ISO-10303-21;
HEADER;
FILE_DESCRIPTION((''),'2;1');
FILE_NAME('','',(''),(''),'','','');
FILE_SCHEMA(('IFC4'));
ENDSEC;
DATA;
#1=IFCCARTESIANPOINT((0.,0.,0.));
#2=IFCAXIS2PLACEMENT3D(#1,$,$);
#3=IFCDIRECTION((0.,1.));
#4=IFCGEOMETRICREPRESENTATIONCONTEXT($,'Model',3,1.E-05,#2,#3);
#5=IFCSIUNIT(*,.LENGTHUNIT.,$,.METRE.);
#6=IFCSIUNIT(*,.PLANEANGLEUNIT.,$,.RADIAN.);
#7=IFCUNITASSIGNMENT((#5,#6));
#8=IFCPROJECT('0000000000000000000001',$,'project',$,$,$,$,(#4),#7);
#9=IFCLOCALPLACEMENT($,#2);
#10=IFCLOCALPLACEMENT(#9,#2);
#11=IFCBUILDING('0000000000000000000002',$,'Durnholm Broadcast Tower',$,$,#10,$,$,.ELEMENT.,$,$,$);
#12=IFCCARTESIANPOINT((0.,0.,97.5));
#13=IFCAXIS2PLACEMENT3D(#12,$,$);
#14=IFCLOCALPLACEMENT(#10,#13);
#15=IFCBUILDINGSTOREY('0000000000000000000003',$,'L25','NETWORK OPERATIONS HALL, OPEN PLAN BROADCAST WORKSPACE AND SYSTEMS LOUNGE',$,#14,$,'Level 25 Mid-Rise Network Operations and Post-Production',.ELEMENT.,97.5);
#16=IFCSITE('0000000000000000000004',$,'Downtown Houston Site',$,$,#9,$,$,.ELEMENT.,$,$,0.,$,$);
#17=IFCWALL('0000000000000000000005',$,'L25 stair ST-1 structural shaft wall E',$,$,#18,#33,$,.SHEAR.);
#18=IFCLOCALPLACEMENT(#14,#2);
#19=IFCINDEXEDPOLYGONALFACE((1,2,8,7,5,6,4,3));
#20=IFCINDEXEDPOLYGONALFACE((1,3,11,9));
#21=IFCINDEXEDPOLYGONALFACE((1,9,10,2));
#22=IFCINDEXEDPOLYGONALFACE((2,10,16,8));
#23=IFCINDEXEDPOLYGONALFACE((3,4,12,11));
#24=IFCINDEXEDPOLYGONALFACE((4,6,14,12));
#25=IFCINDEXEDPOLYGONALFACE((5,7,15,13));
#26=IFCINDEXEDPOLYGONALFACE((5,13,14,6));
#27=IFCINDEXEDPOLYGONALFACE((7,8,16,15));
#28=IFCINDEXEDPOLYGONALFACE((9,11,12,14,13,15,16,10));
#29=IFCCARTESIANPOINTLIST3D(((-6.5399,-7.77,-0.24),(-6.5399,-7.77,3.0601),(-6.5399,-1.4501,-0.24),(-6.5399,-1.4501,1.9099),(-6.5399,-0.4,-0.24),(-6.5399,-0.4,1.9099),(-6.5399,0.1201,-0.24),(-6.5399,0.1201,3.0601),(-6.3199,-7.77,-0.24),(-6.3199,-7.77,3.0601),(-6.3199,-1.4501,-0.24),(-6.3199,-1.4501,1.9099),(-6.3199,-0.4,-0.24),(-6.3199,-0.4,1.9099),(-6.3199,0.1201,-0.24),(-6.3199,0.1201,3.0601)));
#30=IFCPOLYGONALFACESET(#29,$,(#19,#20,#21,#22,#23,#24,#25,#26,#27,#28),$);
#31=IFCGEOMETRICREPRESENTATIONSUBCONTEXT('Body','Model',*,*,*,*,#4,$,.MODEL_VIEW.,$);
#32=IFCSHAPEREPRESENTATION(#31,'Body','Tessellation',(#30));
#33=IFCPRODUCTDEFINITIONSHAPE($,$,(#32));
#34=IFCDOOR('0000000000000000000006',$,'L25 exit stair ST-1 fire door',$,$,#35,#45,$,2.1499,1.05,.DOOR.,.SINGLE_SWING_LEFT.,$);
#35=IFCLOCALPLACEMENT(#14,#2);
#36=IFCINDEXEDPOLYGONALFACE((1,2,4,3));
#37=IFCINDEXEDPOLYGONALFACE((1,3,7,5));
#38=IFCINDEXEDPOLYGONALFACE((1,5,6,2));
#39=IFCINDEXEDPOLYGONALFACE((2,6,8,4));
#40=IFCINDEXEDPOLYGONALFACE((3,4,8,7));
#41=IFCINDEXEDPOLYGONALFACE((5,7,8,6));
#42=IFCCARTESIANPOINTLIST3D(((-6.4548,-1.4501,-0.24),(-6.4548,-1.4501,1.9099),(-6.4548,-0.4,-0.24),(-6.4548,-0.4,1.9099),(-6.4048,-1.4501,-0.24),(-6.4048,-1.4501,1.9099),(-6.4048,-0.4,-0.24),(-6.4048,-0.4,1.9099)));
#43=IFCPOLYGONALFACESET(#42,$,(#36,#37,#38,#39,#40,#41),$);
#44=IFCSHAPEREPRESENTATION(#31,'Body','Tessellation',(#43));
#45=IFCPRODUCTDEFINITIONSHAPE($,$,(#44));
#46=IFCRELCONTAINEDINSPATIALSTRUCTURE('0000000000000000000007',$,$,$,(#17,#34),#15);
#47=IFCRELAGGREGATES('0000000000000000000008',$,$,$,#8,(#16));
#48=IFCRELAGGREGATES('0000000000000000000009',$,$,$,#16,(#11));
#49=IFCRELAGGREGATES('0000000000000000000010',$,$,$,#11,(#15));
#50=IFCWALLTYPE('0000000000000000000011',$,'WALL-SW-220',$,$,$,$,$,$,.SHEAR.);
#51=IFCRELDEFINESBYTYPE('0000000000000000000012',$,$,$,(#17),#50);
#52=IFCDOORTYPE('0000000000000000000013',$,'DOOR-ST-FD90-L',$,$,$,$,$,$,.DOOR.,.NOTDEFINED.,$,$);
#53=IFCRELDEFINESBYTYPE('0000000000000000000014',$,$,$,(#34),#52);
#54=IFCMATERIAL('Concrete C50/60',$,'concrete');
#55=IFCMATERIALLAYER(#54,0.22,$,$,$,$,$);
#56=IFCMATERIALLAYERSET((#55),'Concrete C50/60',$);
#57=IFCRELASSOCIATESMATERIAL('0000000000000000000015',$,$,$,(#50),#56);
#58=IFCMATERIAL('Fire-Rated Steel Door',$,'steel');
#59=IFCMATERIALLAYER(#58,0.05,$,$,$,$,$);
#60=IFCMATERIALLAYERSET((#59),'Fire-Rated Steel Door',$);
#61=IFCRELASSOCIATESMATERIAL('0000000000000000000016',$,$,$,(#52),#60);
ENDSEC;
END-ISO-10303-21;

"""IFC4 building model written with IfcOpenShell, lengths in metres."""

from ifc_helpers import new_model, si_unit, direction, frame, frame_2d, origin, place, context, subcontext, project, spatial, rectangle, extrude, source, transform, mapped, material, layer, layer_set, type_object, type_shapes, element, fill, save


model = new_model("IFC4")

# Units and contexts
model_context = context("Model", 3, precision=1e-05, world=origin(), true_north=direction((0.0, 1.0)))
body_context = subcontext(model_context, "Body", "Model", "MODEL_VIEW")
ifc_project = project(units=[si_unit("LENGTHUNIT", "METRE"), si_unit("PLANEANGLEUNIT", "RADIAN")], contexts=[model_context])

# Site, building, storey
site_placement = place(None, origin())
site = spatial("IfcSite", under=ifc_project, at=site_placement, Name="Downtown Houston Site", CompositionType="ELEMENT", RefElevation=0.0)
building_placement = place(site_placement, origin())
building = spatial("IfcBuilding", under=site, at=building_placement, Name="Durnholm Broadcast Tower", CompositionType="ELEMENT")
storey_placement = place(building_placement, frame((0.0, 0.0, 97.5)))
storey = spatial("IfcBuildingStorey", under=building, at=storey_placement, Name="L25", Description="NETWORK OPERATIONS HALL, OPEN PLAN BROADCAST WORKSPACE AND SYSTEMS LOUNGE", LongName="Level 25 Mid-Rise Network Operations and Post-Production", CompositionType="ELEMENT", Elevation=97.5)

# Wall, opening, door
ifc_material_1 = material(Name="Concrete C50/60", Category="concrete")
ifc_layer_1 = layer(ifc_material_1, 0.22)
ifc_layer_set_1 = layer_set([ifc_layer_1], Name="Concrete C50/60")
wall_type_1 = type_object("IfcWallType", Name="WALL-SW-220", PredefinedType="SHEAR", material=ifc_layer_set_1)
wall_1_placement = place(storey_placement, frame((-6.4299, -7.77, -0.24), z_axis=(0.0, 0.0, 1.0), x_axis=(0.0, 1.0, 0.0)))
wall_1 = element("IfcWall", 1, at=wall_1_placement, inside=storey, type_object=wall_type_1, Name="L25 stair ST-1 structural shaft wall E", PredefinedType="SHEAR", context=body_context, shape_type="SweptSolid", body=[
    extrude(rectangle(XDim=7.8901, YDim=0.22, at=frame_2d((3.9451, 0.0))), origin(), (0.0, 0.0, 1.0), 3.3),
])
opening_1_placement = place(wall_1_placement, frame((6.3201, 0.0, 0.0)))
opening_1 = element("IfcOpeningElement", 2, at=opening_1_placement, cuts=wall_1, PredefinedType="OPENING", context=body_context, shape_type="SweptSolid", body=[
    extrude(rectangle(XDim=1.05, YDim=2.1499, at=frame_2d((0.5249, 1.075))), frame((0.0, 0.1201, 0.0), z_axis=(0.0, -1.0, 0.0), x_axis=(1.0, 0.0, 0.0)), (0.0, 0.0, 1.0), 0.24),
])
ifc_material_2 = material(Name="Fire-Rated Steel Door", Category="steel")
ifc_layer_2 = layer(ifc_material_2, 0.05)
ifc_layer_set_2 = layer_set([ifc_layer_2], Name="Fire-Rated Steel Door")
door_type_1 = type_object("IfcDoorType", Name="DOOR-ST-FD90-L", OperationType="NOTDEFINED", PredefinedType="DOOR", material=ifc_layer_set_2)
shared_shape_1 = source(origin(), body_context, "Body", "SweptSolid", [
    extrude(rectangle(XDim=1.05, YDim=2.1499, at=frame_2d((0.5249, 1.075))), frame((0.0, 0.0249, 0.0), z_axis=(0.0, -1.0, 0.0), x_axis=(1.0, 0.0, 0.0)), (0.0, 0.0, 1.0), 0.05),
])
type_shapes(door_type_1, [shared_shape_1])
door_1_placement = place(opening_1_placement, origin())
door_1 = element("IfcDoor", 3, at=door_1_placement, inside=storey, type_object=door_type_1, Name="L25 exit stair ST-1 fire door", OperationType="SINGLE_SWING_LEFT", OverallHeight=2.1499, OverallWidth=1.05, PredefinedType="DOOR", context=body_context, shape_type="MappedRepresentation", body=[
    mapped(shared_shape_1, transform((0.0, 0.0, 0.0), x_axis=(1.0, 0.0, 0.0), y_axis=(0.0, 1.0, 0.0), z_axis=(0.0, 0.0, 1.0), scale=1.0)),
])
fill(opening_1, door_1)

save(model, "model.ifc")
